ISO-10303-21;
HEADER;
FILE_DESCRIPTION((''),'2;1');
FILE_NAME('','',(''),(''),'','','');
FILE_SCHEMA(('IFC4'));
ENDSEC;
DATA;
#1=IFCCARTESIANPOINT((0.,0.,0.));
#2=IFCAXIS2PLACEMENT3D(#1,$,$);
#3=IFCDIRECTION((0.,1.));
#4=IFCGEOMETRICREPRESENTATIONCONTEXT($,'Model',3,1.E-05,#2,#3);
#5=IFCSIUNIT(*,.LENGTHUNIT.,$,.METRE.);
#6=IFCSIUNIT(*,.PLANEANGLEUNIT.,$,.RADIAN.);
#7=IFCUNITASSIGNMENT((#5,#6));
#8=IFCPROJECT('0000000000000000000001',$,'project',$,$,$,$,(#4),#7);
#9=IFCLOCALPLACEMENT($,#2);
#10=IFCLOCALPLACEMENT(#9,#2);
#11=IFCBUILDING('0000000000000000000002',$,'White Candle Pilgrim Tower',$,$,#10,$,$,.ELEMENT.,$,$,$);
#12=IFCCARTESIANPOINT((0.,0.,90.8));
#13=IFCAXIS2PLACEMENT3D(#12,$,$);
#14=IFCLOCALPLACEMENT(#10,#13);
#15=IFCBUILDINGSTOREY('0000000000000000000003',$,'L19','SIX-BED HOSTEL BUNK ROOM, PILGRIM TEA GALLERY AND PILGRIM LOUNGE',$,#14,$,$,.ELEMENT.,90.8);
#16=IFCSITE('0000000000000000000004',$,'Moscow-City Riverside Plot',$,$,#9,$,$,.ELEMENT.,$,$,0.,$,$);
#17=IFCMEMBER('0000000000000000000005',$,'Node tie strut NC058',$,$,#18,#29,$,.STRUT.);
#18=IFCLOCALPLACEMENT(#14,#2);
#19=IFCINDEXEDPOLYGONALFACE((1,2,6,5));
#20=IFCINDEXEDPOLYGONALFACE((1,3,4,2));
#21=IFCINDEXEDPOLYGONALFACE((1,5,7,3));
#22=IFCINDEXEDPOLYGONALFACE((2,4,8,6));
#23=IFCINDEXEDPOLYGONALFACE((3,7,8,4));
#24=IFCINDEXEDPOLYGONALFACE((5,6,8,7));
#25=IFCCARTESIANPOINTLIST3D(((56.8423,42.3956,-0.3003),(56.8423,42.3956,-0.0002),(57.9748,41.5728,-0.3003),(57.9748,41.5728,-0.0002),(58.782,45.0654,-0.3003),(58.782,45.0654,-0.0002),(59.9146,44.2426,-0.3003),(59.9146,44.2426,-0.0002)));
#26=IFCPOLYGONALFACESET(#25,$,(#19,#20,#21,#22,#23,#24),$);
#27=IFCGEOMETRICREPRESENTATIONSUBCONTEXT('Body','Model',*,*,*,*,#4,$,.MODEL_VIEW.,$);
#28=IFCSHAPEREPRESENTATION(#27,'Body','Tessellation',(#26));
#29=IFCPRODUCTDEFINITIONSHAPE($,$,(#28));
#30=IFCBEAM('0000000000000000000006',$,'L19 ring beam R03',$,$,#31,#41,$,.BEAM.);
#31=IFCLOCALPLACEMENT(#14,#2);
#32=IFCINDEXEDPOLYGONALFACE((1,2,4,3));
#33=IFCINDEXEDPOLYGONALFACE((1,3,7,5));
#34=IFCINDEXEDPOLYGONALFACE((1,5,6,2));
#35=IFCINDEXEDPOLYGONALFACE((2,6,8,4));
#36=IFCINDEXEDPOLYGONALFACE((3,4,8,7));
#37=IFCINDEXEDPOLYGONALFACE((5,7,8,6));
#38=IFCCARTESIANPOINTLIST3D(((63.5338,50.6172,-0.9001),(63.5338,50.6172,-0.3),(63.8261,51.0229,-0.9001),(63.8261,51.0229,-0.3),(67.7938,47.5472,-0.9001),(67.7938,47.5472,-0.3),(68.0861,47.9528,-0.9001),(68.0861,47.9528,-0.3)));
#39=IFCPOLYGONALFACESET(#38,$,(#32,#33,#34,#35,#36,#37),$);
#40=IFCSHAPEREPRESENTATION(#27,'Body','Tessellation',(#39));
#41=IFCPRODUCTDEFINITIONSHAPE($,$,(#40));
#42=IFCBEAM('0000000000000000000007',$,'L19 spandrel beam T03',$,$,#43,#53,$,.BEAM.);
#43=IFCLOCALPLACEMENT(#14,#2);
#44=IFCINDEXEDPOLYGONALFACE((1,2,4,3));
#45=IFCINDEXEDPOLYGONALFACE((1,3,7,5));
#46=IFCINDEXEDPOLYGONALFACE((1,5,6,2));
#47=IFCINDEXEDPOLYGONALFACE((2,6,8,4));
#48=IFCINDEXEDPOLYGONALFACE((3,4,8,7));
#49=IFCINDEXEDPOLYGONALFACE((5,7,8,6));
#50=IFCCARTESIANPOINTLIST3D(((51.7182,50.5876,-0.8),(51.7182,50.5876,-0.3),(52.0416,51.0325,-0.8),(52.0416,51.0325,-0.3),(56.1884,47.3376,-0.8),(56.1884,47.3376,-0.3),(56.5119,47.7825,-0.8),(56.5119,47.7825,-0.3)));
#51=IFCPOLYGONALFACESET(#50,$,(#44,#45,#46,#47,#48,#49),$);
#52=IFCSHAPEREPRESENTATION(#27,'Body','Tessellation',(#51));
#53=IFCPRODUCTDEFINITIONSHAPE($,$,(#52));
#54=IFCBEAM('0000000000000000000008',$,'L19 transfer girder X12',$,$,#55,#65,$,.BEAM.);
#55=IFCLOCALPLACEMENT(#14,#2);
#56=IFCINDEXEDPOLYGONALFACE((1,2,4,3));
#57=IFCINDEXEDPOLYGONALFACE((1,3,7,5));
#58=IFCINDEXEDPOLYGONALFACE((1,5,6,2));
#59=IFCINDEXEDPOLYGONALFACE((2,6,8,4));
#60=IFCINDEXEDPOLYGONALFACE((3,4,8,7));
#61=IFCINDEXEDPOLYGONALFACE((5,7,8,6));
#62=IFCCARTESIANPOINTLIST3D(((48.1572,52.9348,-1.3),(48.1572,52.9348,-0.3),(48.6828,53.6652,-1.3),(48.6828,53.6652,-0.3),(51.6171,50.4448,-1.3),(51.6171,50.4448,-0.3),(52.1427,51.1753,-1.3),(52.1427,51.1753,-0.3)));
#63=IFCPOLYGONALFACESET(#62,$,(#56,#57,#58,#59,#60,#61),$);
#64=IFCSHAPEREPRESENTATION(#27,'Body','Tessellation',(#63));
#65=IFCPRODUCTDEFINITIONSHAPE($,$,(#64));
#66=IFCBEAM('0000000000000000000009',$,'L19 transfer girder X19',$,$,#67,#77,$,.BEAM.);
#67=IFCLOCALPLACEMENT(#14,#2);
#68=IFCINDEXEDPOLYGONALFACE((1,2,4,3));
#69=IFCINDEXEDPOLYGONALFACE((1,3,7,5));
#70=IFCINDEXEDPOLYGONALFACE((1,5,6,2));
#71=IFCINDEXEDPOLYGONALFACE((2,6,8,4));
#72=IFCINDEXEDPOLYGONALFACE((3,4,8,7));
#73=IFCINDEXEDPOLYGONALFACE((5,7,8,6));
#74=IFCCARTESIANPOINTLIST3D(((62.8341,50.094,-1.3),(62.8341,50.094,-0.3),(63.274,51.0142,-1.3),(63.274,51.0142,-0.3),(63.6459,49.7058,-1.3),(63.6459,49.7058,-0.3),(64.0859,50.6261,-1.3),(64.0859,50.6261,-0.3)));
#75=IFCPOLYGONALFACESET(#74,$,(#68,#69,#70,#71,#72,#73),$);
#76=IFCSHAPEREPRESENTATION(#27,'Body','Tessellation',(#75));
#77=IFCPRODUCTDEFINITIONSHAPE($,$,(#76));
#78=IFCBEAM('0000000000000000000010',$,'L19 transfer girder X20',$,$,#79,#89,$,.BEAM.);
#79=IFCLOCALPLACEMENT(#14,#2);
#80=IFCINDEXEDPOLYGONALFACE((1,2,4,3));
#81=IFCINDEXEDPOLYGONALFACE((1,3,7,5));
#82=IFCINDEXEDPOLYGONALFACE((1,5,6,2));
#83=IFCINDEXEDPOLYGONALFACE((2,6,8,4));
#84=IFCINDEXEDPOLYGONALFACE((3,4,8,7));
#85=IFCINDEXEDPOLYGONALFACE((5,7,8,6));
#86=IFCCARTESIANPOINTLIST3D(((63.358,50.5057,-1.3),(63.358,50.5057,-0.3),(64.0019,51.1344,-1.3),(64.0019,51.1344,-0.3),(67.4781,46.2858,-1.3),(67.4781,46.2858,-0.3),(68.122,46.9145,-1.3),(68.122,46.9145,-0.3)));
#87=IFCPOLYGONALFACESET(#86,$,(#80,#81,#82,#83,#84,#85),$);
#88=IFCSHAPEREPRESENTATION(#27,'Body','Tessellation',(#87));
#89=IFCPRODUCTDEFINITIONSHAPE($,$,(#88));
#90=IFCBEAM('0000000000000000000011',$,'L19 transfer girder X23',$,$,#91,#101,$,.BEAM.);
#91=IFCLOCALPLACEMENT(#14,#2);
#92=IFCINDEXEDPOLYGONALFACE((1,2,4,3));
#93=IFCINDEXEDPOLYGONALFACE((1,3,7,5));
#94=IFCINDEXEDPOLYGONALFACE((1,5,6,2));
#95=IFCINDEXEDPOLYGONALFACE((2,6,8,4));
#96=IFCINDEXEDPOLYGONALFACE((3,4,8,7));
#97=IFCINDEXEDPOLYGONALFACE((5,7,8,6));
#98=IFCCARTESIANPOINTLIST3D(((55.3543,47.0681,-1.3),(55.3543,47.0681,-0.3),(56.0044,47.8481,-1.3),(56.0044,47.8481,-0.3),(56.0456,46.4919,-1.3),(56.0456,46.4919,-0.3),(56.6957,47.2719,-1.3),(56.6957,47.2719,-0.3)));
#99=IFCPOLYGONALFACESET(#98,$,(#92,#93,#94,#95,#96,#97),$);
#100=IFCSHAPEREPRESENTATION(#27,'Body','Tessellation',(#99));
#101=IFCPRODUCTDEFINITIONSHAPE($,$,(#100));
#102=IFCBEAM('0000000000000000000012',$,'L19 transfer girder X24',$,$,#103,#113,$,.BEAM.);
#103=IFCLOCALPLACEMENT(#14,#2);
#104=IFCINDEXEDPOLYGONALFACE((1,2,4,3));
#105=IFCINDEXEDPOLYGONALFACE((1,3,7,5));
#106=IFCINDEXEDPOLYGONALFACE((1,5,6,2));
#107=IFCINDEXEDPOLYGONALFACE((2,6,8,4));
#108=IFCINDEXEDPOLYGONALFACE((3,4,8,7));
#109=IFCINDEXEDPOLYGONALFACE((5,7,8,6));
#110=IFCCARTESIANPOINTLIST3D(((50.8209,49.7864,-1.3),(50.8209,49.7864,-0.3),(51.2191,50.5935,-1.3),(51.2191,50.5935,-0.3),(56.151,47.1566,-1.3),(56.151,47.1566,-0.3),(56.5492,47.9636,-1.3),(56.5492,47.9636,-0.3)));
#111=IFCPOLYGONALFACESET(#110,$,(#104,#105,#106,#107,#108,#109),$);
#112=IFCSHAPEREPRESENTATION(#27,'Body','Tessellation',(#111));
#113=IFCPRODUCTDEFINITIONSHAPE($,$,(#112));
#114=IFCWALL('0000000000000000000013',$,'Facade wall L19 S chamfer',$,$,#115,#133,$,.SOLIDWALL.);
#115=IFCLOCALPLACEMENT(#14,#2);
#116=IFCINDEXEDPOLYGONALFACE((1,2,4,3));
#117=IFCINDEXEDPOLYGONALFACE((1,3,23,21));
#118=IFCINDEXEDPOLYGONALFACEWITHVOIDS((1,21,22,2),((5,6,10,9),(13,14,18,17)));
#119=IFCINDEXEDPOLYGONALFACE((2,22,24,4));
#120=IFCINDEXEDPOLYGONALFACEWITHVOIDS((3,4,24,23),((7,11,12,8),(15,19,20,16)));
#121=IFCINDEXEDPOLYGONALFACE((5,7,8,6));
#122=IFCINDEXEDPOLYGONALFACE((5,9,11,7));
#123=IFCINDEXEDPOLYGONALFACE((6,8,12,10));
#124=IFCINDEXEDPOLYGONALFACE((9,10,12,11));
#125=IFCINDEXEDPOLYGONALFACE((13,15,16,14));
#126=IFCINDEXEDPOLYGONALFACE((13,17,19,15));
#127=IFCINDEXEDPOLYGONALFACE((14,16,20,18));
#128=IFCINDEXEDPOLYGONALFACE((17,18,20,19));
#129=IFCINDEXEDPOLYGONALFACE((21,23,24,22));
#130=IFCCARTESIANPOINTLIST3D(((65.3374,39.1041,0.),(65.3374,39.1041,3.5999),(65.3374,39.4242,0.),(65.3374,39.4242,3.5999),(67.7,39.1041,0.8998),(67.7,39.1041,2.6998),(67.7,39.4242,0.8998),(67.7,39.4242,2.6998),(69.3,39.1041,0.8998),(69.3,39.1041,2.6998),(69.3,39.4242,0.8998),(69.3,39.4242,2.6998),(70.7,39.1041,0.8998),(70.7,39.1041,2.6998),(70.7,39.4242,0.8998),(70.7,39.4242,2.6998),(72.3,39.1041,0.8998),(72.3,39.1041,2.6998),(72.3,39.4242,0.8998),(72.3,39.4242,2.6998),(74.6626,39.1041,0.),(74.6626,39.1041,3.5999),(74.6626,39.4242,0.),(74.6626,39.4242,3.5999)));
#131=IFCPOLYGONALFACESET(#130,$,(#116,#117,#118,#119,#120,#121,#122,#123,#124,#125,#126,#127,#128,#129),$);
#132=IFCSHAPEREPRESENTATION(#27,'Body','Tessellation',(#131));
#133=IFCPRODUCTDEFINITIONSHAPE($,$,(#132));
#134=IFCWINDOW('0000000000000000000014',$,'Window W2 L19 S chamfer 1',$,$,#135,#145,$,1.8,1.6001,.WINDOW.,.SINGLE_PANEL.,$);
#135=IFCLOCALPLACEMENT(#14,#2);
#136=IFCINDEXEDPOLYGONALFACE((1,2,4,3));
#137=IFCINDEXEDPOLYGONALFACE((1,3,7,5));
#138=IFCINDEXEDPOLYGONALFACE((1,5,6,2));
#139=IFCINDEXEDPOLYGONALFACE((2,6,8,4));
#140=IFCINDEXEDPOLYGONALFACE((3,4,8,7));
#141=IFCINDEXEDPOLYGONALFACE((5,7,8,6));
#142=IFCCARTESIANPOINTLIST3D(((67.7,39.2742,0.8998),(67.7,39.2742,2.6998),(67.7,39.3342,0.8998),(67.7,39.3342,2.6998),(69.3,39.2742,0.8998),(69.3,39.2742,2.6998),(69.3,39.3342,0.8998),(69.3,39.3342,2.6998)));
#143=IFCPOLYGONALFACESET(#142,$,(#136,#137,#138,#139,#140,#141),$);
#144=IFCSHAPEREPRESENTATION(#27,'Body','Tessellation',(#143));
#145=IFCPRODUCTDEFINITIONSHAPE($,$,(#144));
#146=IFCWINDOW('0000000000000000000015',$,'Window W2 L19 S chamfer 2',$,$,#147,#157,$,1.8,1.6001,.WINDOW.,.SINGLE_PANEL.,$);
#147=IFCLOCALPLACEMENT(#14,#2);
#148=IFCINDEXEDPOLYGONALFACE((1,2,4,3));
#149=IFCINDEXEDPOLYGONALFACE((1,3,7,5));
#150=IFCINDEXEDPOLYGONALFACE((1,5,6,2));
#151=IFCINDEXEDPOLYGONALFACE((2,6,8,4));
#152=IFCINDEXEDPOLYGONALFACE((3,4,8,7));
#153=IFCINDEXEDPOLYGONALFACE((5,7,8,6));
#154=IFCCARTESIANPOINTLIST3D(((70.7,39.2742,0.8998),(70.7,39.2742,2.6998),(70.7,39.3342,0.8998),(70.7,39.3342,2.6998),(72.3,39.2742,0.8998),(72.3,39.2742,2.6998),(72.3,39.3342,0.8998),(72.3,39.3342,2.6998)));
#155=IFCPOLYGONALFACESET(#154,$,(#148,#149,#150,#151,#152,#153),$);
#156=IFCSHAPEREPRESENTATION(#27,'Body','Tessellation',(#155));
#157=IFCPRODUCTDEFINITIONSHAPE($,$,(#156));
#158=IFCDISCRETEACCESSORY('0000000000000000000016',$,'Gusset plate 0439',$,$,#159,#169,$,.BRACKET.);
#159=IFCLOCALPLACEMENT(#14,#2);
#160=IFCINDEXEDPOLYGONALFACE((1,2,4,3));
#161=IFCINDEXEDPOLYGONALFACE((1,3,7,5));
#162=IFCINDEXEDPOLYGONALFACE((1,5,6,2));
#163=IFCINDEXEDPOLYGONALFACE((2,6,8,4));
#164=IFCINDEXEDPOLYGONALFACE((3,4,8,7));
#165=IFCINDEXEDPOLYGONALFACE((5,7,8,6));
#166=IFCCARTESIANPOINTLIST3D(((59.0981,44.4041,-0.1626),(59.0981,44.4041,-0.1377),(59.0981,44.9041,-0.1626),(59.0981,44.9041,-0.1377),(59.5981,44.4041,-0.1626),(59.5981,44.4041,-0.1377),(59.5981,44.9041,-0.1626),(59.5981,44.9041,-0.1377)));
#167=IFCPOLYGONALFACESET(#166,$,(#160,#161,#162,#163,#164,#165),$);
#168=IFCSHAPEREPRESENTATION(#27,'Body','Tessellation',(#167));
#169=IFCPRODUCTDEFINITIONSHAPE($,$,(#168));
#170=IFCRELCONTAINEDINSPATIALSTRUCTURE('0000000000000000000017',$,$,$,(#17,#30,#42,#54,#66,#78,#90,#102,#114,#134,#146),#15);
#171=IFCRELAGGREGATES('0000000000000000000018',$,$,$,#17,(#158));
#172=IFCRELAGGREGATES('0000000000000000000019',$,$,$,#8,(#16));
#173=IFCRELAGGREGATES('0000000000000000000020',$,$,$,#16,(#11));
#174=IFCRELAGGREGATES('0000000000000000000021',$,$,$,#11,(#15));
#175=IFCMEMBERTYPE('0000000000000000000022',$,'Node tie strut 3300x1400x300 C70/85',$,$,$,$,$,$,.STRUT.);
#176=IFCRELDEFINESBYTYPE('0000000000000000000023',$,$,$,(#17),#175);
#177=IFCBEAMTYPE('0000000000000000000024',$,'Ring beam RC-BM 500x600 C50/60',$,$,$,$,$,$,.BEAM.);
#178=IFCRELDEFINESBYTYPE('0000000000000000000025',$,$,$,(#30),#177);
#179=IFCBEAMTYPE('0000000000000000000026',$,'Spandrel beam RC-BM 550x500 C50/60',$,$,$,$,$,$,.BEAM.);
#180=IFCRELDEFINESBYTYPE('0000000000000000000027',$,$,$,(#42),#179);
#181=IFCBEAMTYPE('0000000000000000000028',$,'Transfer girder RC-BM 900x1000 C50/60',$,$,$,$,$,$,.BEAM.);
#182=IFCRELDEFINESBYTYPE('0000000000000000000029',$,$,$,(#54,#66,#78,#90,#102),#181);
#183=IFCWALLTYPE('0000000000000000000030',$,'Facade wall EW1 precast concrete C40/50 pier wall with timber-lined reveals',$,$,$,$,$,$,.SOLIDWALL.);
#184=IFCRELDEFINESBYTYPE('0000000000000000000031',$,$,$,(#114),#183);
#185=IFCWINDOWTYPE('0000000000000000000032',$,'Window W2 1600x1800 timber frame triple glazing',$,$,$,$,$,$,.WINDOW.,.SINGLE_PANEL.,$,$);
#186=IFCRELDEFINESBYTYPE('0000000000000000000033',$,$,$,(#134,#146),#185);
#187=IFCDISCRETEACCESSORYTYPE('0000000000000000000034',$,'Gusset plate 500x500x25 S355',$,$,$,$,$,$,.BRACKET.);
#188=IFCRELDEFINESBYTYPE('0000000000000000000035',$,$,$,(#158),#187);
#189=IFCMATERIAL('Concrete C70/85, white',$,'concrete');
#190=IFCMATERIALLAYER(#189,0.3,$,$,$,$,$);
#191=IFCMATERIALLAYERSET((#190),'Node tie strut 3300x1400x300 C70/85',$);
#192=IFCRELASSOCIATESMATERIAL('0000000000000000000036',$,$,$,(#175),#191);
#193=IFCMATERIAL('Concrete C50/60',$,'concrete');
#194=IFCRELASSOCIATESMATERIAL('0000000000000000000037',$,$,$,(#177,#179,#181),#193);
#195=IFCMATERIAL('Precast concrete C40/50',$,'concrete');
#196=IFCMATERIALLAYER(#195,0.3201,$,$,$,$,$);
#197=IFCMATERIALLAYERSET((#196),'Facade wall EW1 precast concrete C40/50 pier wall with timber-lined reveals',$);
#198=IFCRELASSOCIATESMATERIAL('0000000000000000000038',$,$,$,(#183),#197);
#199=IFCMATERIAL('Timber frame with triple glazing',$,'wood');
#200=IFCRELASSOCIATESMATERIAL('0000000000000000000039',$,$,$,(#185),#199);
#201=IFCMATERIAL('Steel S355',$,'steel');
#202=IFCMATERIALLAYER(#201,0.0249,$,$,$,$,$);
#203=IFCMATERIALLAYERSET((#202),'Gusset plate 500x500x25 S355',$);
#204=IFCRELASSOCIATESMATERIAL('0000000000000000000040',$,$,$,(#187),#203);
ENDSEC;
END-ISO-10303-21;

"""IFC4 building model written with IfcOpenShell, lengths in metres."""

from ifc_helpers import new_model, si_unit, direction, frame, frame_2d, origin, origin_2d, place, context, subcontext, project, spatial, rectangle, extrude, material, layer, layer_set, material_profile, profile_set, type_object, element, fill, aggregate, save


model = new_model("IFC4")

# Units and contexts
model_context = context("Model", 3, precision=1e-05, world=origin(), true_north=direction((0.0, 1.0)))
body_context = subcontext(model_context, "Body", "Model", "MODEL_VIEW")
ifc_project = project(units=[si_unit("LENGTHUNIT", "METRE"), si_unit("PLANEANGLEUNIT", "RADIAN")], contexts=[model_context])

# Site, building, storey
site_placement = place(None, origin())
site = spatial("IfcSite", under=ifc_project, at=site_placement, Name="Moscow-City Riverside Plot", CompositionType="ELEMENT", RefElevation=0.0)
building_placement = place(site_placement, origin())
building = spatial("IfcBuilding", under=site, at=building_placement, Name="White Candle Pilgrim Tower", CompositionType="ELEMENT")
storey_placement = place(building_placement, frame((0.0, 0.0, 90.8)))
storey = spatial("IfcBuildingStorey", under=building, at=storey_placement, Name="L19", Description="SIX-BED HOSTEL BUNK ROOM, PILGRIM TEA GALLERY AND PILGRIM LOUNGE", CompositionType="ELEMENT", Elevation=90.8)

# Member
ifc_material_1 = material(Name="Concrete C70/85, white", Category="concrete")
ifc_layer_1 = layer(ifc_material_1, 0.3)
ifc_layer_set_1 = layer_set([ifc_layer_1], Name="Node tie strut 3300x1400x300 C70/85")
member_type_1 = type_object("IfcMemberType", Name="Node tie strut 3300x1400x300 C70/85", PredefinedType="STRUT", material=ifc_layer_set_1)
member_1_placement = place(storey_placement, frame((58.3784, 43.3191, -0.3003), z_axis=(0.0, 0.0, 1.0), x_axis=(0.809017, -0.587785, 0.0)))
member_1 = element("IfcMember", 1, at=member_1_placement, inside=storey, type_object=member_type_1, Name="Node tie strut NC058", PredefinedType="STRUT", context=body_context, shape_type="SweptSolid", body=[
    extrude(rectangle(XDim=1.3999, YDim=3.3, at=origin_2d()), origin(), (0.0, 0.0, 1.0), 0.3),
])

# Beams
ifc_material_2 = material(Name="Concrete C50/60", Category="concrete")
ifc_material_profile_1 = material_profile(ifc_material_2, rectangle(XDim=0.5, YDim=0.6001, at=origin_2d()), Name="RC-BM 500x600")
ifc_profile_set_1 = profile_set([ifc_material_profile_1], Name="Concrete C50/60")
beam_type_1 = type_object("IfcBeamType", Name="Ring beam RC-BM 500x600 C50/60", PredefinedType="BEAM", material=ifc_profile_set_1)
beam_1_placement = place(storey_placement, frame((63.6799, 50.8201, -0.6001), z_axis=(0.811276, -0.584664, 0.0), x_axis=(0.584664, 0.811276, 0.0)))
element("IfcBeam", 2, at=beam_1_placement, inside=storey, type_object=beam_type_1, Name="L19 ring beam R03", PredefinedType="BEAM", context=body_context, shape_type="SweptSolid", body=[
    extrude(rectangle(XDim=0.5, YDim=0.6001, at=origin_2d()), origin(), (0.0, 0.0, 1.0), 5.251),
])
ifc_material_profile_2 = material_profile(ifc_material_2, rectangle(XDim=0.55, YDim=0.5, at=origin_2d()), Name="RC-BM 550x500")
ifc_profile_set_2 = profile_set([ifc_material_profile_2], Name="Concrete C50/60")
beam_type_2 = type_object("IfcBeamType", Name="Spandrel beam RC-BM 550x500 C50/60", PredefinedType="BEAM", material=ifc_profile_set_2)
beam_2_placement = place(storey_placement, frame((51.8799, 50.8101, -0.55), z_axis=(0.808828, -0.588046, 0.0), x_axis=(0.588046, 0.808828, 0.0)))
element("IfcBeam", 3, at=beam_2_placement, inside=storey, type_object=beam_type_2, Name="L19 spandrel beam T03", PredefinedType="BEAM", context=body_context, shape_type="SweptSolid", body=[
    extrude(rectangle(XDim=0.55, YDim=0.5, at=origin_2d()), origin(), (0.0, 0.0, 1.0), 5.5269),
])
ifc_material_profile_3 = material_profile(ifc_material_2, rectangle(XDim=0.8999, YDim=1.0, at=origin_2d()), Name="RC-BM 900x1000")
ifc_profile_set_3 = profile_set([ifc_material_profile_3], Name="Concrete C50/60")
beam_type_3 = type_object("IfcBeamType", Name="Transfer girder RC-BM 900x1000 C50/60", PredefinedType="BEAM", material=ifc_profile_set_3)
beam_3_placement = place(storey_placement, frame((51.8799, 50.8101, -0.8), z_axis=(-0.811666, 0.584122, 0.0), x_axis=(-0.584122, -0.811666, 0.0)))
element("IfcBeam", 4, at=beam_3_placement, inside=storey, type_object=beam_type_3, Name="L19 transfer girder X12", PredefinedType="BEAM", context=body_context, shape_type="SweptSolid", body=[
    extrude(rectangle(XDim=0.8999, YDim=1.0, at=origin_2d()), origin(), (0.0, 0.0, 1.0), 4.2627),
])
beam_4_placement = place(storey_placement, frame((63.24, 49.8999, -0.8), z_axis=(0.431345, 0.902187, 0.0), x_axis=(-0.902187, 0.431345, 0.0)))
element("IfcBeam", 5, at=beam_4_placement, inside=storey, type_object=beam_type_3, Name="L19 transfer girder X19", PredefinedType="BEAM", context=body_context, shape_type="SweptSolid", body=[
    extrude(rectangle(XDim=0.8999, YDim=1.0, at=origin_2d()), origin(), (0.0, 0.0, 1.0), 1.02),
])
beam_5_placement = place(storey_placement, frame((63.6799, 50.8201, -0.8), z_axis=(0.698591, -0.715521, 0.0), x_axis=(0.715521, 0.698591, 0.0)))
element("IfcBeam", 6, at=beam_5_placement, inside=storey, type_object=beam_type_3, Name="L19 transfer girder X20", PredefinedType="BEAM", context=body_context, shape_type="SweptSolid", body=[
    extrude(rectangle(XDim=0.8999, YDim=1.0, at=origin_2d()), origin(), (0.0, 0.0, 1.0), 5.8977),
])
beam_6_placement = place(storey_placement, frame((55.7, 46.78, -0.8), z_axis=(0.640255, 0.768162, 0.0), x_axis=(-0.768162, 0.640255, 0.0)))
element("IfcBeam", 7, at=beam_6_placement, inside=storey, type_object=beam_type_3, Name="L19 transfer girder X23", PredefinedType="BEAM", context=body_context, shape_type="SweptSolid", body=[
    extrude(rectangle(XDim=0.8999, YDim=1.0, at=origin_2d()), origin(), (0.0, 0.0, 1.0), 1.0154),
])
beam_7_placement = place(storey_placement, frame((56.3501, 47.5601, -0.8), z_axis=(-0.896781, 0.442475, 0.0), x_axis=(-0.442475, -0.896781, 0.0)))
element("IfcBeam", 8, at=beam_7_placement, inside=storey, type_object=beam_type_3, Name="L19 transfer girder X24", PredefinedType="BEAM", context=body_context, shape_type="SweptSolid", body=[
    extrude(rectangle(XDim=0.8999, YDim=1.0, at=origin_2d()), origin(), (0.0, 0.0, 1.0), 5.9436),
])

# Wall, openings, windows
ifc_material_3 = material(Name="Precast concrete C40/50", Category="concrete")
ifc_layer_2 = layer(ifc_material_3, 0.3201)
ifc_layer_set_2 = layer_set([ifc_layer_2], Name="Facade wall EW1 precast concrete C40/50 pier wall with timber-lined reveals")
wall_type_1 = type_object("IfcWallType", Name="Facade wall EW1 precast concrete C40/50 pier wall with timber-lined reveals", PredefinedType="SOLIDWALL", material=ifc_layer_set_2)
wall_1_placement = place(storey_placement, frame((65.3374, 39.2642, 0.0), z_axis=(0.0, 0.0, 1.0), x_axis=(1.0, 0.0, 0.0)))
wall_1 = element("IfcWall", 9, at=wall_1_placement, inside=storey, type_object=wall_type_1, Name="Facade wall L19 S chamfer", PredefinedType="SOLIDWALL", context=body_context, shape_type="SweptSolid", body=[
    extrude(rectangle(XDim=9.3252, YDim=0.3201, at=frame_2d((4.6626, 0.0))), origin(), (0.0, 0.0, 1.0), 3.5999),
])
opening_1_placement = place(wall_1_placement, frame((2.3625, 0.0, 0.8999)))
opening_1 = element("IfcOpeningElement", 10, at=opening_1_placement, cuts=wall_1, PredefinedType="OPENING", context=body_context, shape_type="SweptSolid", body=[
    extrude(rectangle(XDim=1.6001, YDim=1.8, at=frame_2d((0.8, 0.8999))), frame((0.0, 0.1699, 0.0), z_axis=(0.0, -1.0, 0.0), x_axis=(1.0, 0.0, 0.0)), (0.0, 0.0, 1.0), 0.3401),
])
opening_2_placement = place(wall_1_placement, frame((5.3625, 0.0, 0.8999)))
opening_2 = element("IfcOpeningElement", 11, at=opening_2_placement, cuts=wall_1, PredefinedType="OPENING", context=body_context, shape_type="SweptSolid", body=[
    extrude(rectangle(XDim=1.6001, YDim=1.8, at=frame_2d((0.8, 0.8999))), frame((0.0, 0.1699, 0.0), z_axis=(0.0, -1.0, 0.0), x_axis=(1.0, 0.0, 0.0)), (0.0, 0.0, 1.0), 0.3401),
])
ifc_material_4 = material(Name="Timber frame with triple glazing", Category="wood")
window_type = type_object("IfcWindowType", Name="Window W2 1600x1800 timber frame triple glazing", PartitioningType="SINGLE_PANEL", PredefinedType="WINDOW", material=ifc_material_4)
window_1_placement = place(opening_1_placement, origin())
window_1 = element("IfcWindow", 12, at=window_1_placement, inside=storey, type_object=window_type, Name="Window W2 L19 S chamfer 1", OverallHeight=1.8, OverallWidth=1.6001, PartitioningType="SINGLE_PANEL", PredefinedType="WINDOW", context=body_context, shape_type="SweptSolid", body=[
    extrude(rectangle(XDim=1.6001, YDim=1.8, at=frame_2d((0.8, 0.8999))), frame((0.0, 0.0701, 0.0), z_axis=(0.0, -1.0, 0.0), x_axis=(1.0, 0.0, 0.0)), (0.0, 0.0, 1.0), 0.0601),
])
fill(opening_1, window_1)
window_2_placement = place(opening_2_placement, origin())
window_2 = element("IfcWindow", 13, at=window_2_placement, inside=storey, type_object=window_type, Name="Window W2 L19 S chamfer 2", OverallHeight=1.8, OverallWidth=1.6001, PartitioningType="SINGLE_PANEL", PredefinedType="WINDOW", context=body_context, shape_type="SweptSolid", body=[
    extrude(rectangle(XDim=1.6001, YDim=1.8, at=frame_2d((0.8, 0.8999))), frame((0.0, 0.0701, 0.0), z_axis=(0.0, -1.0, 0.0), x_axis=(1.0, 0.0, 0.0)), (0.0, 0.0, 1.0), 0.0601),
])
fill(opening_2, window_2)

# Discrete accessory
ifc_material_5 = material(Name="Steel S355", Category="steel")
ifc_layer_3 = layer(ifc_material_5, 0.0249)
ifc_layer_set_3 = layer_set([ifc_layer_3], Name="Gusset plate 500x500x25 S355")
discrete_accessory_type = type_object("IfcDiscreteAccessoryType", Name="Gusset plate 500x500x25 S355", PredefinedType="BRACKET", material=ifc_layer_set_3)
discrete_accessory_1_placement = place(storey_placement, frame((59.3481, 44.6541, -0.1626), z_axis=(0.0, 0.0, 1.0), x_axis=(1.0, 0.0, 0.0)))
discrete_accessory_1 = element("IfcDiscreteAccessory", 14, at=discrete_accessory_1_placement, type_object=discrete_accessory_type, Name="Gusset plate 0439", PredefinedType="BRACKET", context=body_context, shape_type="SweptSolid", body=[
    extrude(rectangle(XDim=0.5, YDim=0.5, at=origin_2d()), origin(), (0.0, 0.0, 1.0), 0.0249),
])
aggregate(member_1, [discrete_accessory_1])

save(model, "model.ifc")
